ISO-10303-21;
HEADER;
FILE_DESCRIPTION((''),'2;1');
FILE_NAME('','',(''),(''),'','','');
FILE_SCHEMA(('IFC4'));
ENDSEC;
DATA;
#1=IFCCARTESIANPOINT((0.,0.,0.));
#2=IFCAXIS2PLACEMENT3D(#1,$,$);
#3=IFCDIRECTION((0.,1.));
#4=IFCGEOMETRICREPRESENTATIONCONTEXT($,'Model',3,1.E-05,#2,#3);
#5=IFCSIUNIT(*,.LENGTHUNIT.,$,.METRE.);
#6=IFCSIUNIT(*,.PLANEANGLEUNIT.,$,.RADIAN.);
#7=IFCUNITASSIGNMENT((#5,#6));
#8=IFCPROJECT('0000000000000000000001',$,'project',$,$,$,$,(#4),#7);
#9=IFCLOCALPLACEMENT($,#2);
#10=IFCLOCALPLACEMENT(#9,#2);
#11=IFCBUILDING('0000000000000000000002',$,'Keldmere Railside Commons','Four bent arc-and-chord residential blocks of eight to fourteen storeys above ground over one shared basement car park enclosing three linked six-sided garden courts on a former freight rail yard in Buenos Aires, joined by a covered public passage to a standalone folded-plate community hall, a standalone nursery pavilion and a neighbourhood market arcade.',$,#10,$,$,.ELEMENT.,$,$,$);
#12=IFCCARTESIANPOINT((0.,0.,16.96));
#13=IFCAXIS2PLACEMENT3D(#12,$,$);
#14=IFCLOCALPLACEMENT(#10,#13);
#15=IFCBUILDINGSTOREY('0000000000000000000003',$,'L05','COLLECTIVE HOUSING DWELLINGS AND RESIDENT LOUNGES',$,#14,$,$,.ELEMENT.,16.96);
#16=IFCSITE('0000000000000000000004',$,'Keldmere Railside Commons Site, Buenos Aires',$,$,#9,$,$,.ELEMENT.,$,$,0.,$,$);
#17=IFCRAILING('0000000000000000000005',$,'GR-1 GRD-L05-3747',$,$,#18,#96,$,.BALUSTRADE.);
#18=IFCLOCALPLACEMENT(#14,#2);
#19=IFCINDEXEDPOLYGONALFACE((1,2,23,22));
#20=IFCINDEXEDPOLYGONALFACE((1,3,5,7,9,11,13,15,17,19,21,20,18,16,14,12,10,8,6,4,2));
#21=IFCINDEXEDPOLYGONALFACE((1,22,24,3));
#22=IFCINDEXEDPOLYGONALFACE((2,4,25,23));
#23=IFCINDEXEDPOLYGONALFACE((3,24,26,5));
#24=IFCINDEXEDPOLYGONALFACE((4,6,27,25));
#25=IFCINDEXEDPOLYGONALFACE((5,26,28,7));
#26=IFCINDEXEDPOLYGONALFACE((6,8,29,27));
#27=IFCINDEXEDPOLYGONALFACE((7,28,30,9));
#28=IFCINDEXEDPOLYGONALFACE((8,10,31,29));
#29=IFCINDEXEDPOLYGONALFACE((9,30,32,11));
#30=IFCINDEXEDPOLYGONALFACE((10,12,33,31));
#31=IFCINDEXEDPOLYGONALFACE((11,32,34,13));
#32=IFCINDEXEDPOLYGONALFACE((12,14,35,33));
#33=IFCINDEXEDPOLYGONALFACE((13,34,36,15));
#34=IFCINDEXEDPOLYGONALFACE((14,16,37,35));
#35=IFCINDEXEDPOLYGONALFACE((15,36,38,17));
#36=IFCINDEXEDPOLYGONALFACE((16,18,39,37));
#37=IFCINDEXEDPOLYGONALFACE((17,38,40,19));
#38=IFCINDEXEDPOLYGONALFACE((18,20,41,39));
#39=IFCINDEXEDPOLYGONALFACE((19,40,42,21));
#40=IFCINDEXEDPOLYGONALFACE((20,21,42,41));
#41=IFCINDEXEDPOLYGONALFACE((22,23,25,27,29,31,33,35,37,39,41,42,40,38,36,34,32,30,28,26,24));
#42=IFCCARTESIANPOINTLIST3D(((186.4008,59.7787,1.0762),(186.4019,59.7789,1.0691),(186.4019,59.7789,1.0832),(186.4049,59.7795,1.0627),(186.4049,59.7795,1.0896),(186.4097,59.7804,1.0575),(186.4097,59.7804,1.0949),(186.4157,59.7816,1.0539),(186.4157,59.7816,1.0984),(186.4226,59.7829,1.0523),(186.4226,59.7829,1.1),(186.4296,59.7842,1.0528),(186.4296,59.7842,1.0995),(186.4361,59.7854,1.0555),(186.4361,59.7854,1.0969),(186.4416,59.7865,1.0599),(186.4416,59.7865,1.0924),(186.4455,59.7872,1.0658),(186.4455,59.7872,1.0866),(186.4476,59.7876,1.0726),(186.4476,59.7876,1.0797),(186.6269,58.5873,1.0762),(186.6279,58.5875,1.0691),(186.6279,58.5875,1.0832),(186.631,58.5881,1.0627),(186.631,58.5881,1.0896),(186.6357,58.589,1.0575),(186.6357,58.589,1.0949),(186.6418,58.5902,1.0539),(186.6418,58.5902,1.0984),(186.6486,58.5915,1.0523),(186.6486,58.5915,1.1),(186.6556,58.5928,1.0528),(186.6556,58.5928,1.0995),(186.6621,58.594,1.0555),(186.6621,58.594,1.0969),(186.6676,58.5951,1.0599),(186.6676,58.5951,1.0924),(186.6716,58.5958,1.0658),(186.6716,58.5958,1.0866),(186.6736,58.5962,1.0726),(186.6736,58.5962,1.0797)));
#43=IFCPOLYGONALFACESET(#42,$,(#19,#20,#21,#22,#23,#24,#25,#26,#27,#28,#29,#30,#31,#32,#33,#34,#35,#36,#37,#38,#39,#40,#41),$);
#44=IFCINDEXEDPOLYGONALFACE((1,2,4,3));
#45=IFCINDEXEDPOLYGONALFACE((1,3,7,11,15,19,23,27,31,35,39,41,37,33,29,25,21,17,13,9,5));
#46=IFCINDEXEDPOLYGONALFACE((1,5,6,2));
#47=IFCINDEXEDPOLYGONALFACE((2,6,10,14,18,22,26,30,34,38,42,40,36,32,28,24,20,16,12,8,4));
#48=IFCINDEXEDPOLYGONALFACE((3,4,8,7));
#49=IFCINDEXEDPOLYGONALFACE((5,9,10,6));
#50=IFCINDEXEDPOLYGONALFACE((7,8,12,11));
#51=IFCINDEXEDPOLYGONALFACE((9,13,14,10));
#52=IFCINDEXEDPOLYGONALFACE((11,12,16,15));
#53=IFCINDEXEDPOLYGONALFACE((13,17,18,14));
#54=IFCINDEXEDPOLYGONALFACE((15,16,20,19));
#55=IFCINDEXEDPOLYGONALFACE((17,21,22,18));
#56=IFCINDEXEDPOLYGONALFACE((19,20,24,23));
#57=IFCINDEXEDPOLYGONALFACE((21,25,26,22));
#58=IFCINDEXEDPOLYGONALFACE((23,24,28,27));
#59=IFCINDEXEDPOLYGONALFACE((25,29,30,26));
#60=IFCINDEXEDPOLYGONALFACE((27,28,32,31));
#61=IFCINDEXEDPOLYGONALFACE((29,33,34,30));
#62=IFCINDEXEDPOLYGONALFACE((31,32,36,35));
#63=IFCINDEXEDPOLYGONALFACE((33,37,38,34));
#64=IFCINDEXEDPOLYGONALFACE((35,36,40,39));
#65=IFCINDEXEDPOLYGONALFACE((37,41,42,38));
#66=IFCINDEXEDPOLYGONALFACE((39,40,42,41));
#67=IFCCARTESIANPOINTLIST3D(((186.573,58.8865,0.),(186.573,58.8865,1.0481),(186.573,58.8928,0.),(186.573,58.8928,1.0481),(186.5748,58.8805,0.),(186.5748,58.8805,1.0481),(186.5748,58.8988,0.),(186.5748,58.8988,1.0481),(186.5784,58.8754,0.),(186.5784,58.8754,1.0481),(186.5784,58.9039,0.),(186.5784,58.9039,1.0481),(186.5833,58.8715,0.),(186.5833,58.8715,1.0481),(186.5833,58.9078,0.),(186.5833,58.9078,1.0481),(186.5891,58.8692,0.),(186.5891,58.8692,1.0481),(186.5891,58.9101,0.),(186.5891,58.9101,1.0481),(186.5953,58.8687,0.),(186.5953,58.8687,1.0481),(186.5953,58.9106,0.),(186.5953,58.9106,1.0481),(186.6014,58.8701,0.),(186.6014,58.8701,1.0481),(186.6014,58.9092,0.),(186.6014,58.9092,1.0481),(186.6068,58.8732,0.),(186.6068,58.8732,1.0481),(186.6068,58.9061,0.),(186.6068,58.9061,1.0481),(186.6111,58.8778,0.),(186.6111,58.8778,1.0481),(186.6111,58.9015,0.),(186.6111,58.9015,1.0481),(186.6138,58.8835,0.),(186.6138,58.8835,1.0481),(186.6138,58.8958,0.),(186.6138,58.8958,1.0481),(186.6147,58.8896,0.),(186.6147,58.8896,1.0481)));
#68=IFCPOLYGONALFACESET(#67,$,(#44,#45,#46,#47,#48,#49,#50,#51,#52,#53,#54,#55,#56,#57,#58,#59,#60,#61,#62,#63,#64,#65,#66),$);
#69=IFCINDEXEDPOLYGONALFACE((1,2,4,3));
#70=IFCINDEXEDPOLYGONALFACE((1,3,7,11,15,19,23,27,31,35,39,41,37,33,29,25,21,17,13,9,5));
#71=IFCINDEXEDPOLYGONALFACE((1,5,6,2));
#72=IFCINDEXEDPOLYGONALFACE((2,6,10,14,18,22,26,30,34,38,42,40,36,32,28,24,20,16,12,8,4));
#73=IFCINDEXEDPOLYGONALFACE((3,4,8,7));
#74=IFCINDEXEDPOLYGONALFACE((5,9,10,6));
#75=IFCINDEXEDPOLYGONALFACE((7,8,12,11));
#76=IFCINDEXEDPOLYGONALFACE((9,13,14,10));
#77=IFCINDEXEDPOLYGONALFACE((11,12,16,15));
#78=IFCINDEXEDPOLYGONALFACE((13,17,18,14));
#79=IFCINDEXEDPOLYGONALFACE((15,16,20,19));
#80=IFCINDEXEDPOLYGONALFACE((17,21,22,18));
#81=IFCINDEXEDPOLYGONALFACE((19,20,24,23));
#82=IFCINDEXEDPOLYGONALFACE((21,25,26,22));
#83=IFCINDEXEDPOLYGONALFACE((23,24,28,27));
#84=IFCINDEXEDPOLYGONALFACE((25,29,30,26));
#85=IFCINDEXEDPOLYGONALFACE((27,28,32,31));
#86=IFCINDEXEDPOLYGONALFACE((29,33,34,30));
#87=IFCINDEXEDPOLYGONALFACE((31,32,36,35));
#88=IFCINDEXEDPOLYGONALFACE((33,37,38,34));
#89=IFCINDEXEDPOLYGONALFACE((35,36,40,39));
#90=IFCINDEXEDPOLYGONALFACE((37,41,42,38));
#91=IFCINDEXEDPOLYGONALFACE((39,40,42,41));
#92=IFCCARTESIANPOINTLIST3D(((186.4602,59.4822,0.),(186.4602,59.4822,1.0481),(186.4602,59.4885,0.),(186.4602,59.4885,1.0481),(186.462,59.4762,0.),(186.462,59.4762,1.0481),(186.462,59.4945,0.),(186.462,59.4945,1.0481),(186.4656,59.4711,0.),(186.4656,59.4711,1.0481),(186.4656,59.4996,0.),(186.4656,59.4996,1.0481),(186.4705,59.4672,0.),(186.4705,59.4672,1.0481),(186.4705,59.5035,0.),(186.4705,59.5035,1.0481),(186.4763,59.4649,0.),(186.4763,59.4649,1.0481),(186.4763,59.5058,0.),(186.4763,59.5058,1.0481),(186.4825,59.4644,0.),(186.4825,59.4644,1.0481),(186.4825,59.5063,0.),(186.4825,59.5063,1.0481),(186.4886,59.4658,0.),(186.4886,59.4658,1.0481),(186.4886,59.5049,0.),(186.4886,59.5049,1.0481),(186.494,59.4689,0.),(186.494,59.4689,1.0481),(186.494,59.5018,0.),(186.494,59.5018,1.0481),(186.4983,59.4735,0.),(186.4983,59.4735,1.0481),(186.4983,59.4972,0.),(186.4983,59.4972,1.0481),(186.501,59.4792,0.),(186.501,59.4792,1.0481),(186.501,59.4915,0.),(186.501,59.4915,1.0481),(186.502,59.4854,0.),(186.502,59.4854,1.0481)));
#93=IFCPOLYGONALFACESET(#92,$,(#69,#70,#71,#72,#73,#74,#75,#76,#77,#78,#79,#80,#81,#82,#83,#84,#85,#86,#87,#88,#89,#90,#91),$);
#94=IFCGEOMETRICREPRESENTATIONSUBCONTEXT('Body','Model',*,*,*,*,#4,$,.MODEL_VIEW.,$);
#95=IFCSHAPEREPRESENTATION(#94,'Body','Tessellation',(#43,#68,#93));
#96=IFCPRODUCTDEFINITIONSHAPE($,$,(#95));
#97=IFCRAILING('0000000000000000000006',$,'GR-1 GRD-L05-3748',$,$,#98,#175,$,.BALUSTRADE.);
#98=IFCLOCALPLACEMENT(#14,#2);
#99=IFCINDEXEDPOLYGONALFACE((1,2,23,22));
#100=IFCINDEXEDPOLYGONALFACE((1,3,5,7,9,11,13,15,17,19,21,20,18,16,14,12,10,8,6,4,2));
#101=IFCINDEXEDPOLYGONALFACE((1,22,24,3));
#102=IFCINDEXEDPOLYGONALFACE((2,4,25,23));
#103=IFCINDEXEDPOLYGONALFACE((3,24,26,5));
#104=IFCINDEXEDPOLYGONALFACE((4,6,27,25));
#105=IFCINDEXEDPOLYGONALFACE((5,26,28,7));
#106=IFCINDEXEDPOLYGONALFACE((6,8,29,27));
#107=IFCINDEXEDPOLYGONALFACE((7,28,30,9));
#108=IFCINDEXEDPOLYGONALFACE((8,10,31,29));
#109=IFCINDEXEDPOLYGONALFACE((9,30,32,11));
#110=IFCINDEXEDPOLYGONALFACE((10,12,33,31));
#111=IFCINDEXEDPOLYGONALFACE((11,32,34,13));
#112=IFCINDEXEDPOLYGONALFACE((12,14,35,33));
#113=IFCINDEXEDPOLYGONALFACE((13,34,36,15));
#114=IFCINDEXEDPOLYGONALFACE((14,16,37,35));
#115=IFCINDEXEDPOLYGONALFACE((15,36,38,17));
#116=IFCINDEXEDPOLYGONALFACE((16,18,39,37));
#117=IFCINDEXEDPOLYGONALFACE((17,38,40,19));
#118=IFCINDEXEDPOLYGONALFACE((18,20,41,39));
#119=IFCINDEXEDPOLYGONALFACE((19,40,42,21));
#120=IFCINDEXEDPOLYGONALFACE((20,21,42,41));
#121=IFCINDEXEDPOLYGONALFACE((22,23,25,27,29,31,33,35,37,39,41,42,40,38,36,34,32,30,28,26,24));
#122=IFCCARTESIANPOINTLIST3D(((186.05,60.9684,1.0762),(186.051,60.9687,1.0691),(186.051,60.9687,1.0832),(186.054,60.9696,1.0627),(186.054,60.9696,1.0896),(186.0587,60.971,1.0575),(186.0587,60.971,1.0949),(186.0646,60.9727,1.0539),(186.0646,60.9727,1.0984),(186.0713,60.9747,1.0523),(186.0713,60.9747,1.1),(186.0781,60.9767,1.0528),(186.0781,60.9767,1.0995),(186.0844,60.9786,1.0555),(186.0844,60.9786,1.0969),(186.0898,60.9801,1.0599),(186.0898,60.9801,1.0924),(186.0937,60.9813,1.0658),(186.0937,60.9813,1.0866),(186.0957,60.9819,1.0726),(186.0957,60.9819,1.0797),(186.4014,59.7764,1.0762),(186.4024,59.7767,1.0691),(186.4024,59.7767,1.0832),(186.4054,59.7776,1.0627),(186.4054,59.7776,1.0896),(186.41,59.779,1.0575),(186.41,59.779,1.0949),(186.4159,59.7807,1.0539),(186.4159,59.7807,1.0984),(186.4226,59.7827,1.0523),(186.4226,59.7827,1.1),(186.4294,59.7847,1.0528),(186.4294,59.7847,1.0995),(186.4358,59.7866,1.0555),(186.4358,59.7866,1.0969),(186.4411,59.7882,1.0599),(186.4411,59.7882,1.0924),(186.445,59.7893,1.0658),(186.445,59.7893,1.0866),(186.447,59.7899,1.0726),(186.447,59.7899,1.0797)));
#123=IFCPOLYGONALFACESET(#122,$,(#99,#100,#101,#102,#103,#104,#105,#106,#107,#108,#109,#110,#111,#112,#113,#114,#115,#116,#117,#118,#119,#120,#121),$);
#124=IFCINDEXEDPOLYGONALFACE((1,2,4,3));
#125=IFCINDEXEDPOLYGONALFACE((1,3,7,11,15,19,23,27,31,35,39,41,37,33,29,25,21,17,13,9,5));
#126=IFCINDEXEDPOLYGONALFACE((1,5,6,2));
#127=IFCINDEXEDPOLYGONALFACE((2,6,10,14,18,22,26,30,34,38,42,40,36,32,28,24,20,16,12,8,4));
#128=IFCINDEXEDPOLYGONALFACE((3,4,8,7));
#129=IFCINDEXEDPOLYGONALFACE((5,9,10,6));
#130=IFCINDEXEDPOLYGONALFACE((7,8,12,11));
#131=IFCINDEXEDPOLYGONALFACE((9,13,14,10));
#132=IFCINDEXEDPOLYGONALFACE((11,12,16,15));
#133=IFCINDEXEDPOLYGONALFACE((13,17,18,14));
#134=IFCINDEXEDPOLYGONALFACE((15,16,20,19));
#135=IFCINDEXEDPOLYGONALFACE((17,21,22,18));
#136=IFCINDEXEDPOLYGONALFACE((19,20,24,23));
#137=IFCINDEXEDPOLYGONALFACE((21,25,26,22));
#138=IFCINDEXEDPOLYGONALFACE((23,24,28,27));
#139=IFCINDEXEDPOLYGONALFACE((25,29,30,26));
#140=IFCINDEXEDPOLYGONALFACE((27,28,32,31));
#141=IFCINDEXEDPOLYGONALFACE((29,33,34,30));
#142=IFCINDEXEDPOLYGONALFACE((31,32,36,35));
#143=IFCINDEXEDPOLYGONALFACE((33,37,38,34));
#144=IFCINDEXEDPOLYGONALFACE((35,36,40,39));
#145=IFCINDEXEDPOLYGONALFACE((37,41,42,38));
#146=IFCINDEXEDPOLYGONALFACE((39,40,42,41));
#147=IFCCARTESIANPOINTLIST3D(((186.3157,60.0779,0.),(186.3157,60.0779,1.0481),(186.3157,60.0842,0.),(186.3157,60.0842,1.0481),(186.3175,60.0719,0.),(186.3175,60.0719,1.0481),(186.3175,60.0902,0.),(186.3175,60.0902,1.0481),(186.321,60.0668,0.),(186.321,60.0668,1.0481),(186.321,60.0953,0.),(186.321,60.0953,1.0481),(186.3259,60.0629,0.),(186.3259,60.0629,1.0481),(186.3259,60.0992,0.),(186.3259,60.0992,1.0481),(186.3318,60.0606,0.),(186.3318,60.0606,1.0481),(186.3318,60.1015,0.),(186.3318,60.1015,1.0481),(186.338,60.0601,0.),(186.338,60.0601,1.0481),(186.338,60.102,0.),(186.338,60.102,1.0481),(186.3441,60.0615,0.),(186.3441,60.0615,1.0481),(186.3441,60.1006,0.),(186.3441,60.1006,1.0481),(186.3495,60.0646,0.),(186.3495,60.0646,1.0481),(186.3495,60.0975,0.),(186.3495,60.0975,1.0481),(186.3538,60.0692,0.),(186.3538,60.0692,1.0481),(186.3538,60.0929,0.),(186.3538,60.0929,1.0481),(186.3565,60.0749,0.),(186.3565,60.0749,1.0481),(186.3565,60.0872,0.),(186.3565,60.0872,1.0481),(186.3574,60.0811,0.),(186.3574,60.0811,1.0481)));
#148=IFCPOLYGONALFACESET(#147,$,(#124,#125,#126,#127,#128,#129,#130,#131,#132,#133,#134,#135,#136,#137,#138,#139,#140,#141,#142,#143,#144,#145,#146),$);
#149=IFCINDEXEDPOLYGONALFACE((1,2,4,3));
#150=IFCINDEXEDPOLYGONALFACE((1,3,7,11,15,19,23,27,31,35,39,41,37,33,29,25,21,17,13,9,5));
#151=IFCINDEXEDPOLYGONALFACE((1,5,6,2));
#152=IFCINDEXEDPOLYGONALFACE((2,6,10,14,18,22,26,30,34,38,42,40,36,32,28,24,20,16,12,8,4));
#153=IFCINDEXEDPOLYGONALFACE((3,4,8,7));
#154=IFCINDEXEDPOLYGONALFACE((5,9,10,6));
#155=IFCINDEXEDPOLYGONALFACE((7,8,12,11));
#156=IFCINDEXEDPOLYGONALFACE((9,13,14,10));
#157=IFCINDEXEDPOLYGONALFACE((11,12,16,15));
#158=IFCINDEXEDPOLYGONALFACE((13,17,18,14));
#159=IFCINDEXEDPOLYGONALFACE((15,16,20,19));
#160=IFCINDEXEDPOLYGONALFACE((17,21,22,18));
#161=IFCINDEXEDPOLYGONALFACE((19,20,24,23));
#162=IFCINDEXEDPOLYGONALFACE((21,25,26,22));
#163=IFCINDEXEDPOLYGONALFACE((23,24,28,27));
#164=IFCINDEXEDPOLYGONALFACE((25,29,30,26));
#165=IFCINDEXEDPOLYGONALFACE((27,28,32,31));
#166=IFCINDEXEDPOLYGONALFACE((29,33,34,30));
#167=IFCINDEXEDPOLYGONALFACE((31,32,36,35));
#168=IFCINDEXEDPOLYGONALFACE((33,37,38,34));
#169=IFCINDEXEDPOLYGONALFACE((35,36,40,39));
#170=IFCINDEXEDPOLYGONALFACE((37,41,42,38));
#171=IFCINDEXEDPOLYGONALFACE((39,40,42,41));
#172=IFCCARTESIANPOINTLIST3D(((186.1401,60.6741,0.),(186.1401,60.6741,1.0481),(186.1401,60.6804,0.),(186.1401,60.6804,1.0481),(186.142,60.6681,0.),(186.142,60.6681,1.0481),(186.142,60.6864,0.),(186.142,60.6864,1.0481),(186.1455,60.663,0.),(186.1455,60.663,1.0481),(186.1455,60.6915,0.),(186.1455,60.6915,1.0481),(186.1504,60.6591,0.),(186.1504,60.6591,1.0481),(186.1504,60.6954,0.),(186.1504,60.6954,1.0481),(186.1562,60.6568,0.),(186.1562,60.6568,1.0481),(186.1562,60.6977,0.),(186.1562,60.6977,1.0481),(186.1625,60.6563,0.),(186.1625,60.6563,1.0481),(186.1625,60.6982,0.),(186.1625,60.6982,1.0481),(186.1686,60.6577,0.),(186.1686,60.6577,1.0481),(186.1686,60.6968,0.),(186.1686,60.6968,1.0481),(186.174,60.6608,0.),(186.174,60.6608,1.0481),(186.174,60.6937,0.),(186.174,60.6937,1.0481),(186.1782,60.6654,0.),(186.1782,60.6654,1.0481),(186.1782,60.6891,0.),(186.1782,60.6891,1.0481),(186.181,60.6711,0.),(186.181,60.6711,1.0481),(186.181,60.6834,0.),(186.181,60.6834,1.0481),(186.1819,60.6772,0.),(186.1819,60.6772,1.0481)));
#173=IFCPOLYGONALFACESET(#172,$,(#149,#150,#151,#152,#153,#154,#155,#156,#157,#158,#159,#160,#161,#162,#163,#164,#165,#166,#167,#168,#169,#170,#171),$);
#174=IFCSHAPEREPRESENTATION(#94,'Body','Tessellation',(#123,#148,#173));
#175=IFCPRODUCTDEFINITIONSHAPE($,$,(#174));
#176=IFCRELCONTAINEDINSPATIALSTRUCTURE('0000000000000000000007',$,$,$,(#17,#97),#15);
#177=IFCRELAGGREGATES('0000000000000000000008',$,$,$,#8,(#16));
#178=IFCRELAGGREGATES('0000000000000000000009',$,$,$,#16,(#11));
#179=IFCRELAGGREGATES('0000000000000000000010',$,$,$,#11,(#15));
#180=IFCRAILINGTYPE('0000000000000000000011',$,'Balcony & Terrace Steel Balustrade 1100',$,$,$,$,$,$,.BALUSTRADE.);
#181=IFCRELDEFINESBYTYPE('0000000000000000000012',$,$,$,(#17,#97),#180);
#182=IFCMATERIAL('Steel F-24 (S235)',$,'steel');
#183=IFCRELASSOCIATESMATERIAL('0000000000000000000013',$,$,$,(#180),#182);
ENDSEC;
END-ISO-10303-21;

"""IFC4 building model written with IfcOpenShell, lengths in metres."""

from ifc_helpers import new_model, si_unit, direction, frame, origin, origin_2d, place, context, subcontext, project, spatial, circle, extrude, material, type_object, element, save


model = new_model("IFC4")

# Units and contexts
model_context = context("Model", 3, precision=1e-05, world=origin(), true_north=direction((0.0, 1.0)))
body_context = subcontext(model_context, "Body", "Model", "MODEL_VIEW")
ifc_project = project(units=[si_unit("LENGTHUNIT", "METRE"), si_unit("PLANEANGLEUNIT", "RADIAN")], contexts=[model_context])

# Site, building, storey
site_placement = place(None, origin())
site = spatial("IfcSite", under=ifc_project, at=site_placement, Name="Keldmere Railside Commons Site, Buenos Aires", CompositionType="ELEMENT", RefElevation=0.0)
building_placement = place(site_placement, origin())
building = spatial("IfcBuilding", under=site, at=building_placement, Name="Keldmere Railside Commons", Description="Four bent arc-and-chord residential blocks of eight to fourteen storeys above ground over one shared basement car park enclosing three linked six-sided garden courts on a former freight rail yard in Buenos Aires, joined by a covered public passage to a standalone folded-plate community hall, a standalone nursery pavilion and a neighbourhood market arcade.", CompositionType="ELEMENT")
storey_placement = place(building_placement, frame((0.0, 0.0, 16.96)))
storey = spatial("IfcBuildingStorey", under=building, at=storey_placement, Name="L05", Description="COLLECTIVE HOUSING DWELLINGS AND RESIDENT LOUNGES", CompositionType="ELEMENT", Elevation=16.96)

# Railings
ifc_material_1 = material(Name="Steel F-24 (S235)", Category="steel")
railing_type = type_object("IfcRailingType", Name="Balcony & Terrace Steel Balustrade 1100", PredefinedType="BALUSTRADE", material=ifc_material_1)
railing_1_placement = place(storey_placement, frame((186.6504, 58.5918, 0.0)))
element("IfcRailing", 1, at=railing_1_placement, inside=storey, type_object=railing_type, Name="GR-1 GRD-L05-3747", PredefinedType="BALUSTRADE", context=body_context, shape_type="SweptSolid", body=[
    extrude(circle(Radius=0.0239, at=origin_2d()), frame((0.0, 0.0, 1.0762), z_axis=(-0.186427, 0.982469, 0.0), x_axis=(-0.982469, -0.186427, 0.0)), (0.0, 0.0, 1.0), 1.2126),
    extrude(circle(Radius=0.021, at=origin_2d()), frame((-0.0566, 0.2979, 0.0)), (0.0, 0.0, 1.0), 1.0481),
    extrude(circle(Radius=0.021, at=origin_2d()), frame((-0.1694, 0.8936, 0.0)), (0.0, 0.0, 1.0), 1.0481),
])
railing_2_placement = place(storey_placement, frame((186.4243, 59.7832, 0.0)))
element("IfcRailing", 2, at=railing_2_placement, inside=storey, type_object=railing_type, Name="GR-1 GRD-L05-3748", PredefinedType="BALUSTRADE", context=body_context, shape_type="SweptSolid", body=[
    extrude(circle(Radius=0.0239, at=origin_2d()), frame((0.0, 0.0, 1.0762), z_axis=(-0.28273, 0.9592, 0.0), x_axis=(-0.9592, -0.28273, 0.0)), (0.0, 0.0, 1.0), 1.2427),
    extrude(circle(Radius=0.021, at=origin_2d()), frame((-0.0879, 0.2979, 0.0)), (0.0, 0.0, 1.0), 1.0481),
    extrude(circle(Radius=0.021, at=origin_2d()), frame((-0.2634, 0.894, 0.0)), (0.0, 0.0, 1.0), 1.0481),
])

save(model, "model.ifc")
